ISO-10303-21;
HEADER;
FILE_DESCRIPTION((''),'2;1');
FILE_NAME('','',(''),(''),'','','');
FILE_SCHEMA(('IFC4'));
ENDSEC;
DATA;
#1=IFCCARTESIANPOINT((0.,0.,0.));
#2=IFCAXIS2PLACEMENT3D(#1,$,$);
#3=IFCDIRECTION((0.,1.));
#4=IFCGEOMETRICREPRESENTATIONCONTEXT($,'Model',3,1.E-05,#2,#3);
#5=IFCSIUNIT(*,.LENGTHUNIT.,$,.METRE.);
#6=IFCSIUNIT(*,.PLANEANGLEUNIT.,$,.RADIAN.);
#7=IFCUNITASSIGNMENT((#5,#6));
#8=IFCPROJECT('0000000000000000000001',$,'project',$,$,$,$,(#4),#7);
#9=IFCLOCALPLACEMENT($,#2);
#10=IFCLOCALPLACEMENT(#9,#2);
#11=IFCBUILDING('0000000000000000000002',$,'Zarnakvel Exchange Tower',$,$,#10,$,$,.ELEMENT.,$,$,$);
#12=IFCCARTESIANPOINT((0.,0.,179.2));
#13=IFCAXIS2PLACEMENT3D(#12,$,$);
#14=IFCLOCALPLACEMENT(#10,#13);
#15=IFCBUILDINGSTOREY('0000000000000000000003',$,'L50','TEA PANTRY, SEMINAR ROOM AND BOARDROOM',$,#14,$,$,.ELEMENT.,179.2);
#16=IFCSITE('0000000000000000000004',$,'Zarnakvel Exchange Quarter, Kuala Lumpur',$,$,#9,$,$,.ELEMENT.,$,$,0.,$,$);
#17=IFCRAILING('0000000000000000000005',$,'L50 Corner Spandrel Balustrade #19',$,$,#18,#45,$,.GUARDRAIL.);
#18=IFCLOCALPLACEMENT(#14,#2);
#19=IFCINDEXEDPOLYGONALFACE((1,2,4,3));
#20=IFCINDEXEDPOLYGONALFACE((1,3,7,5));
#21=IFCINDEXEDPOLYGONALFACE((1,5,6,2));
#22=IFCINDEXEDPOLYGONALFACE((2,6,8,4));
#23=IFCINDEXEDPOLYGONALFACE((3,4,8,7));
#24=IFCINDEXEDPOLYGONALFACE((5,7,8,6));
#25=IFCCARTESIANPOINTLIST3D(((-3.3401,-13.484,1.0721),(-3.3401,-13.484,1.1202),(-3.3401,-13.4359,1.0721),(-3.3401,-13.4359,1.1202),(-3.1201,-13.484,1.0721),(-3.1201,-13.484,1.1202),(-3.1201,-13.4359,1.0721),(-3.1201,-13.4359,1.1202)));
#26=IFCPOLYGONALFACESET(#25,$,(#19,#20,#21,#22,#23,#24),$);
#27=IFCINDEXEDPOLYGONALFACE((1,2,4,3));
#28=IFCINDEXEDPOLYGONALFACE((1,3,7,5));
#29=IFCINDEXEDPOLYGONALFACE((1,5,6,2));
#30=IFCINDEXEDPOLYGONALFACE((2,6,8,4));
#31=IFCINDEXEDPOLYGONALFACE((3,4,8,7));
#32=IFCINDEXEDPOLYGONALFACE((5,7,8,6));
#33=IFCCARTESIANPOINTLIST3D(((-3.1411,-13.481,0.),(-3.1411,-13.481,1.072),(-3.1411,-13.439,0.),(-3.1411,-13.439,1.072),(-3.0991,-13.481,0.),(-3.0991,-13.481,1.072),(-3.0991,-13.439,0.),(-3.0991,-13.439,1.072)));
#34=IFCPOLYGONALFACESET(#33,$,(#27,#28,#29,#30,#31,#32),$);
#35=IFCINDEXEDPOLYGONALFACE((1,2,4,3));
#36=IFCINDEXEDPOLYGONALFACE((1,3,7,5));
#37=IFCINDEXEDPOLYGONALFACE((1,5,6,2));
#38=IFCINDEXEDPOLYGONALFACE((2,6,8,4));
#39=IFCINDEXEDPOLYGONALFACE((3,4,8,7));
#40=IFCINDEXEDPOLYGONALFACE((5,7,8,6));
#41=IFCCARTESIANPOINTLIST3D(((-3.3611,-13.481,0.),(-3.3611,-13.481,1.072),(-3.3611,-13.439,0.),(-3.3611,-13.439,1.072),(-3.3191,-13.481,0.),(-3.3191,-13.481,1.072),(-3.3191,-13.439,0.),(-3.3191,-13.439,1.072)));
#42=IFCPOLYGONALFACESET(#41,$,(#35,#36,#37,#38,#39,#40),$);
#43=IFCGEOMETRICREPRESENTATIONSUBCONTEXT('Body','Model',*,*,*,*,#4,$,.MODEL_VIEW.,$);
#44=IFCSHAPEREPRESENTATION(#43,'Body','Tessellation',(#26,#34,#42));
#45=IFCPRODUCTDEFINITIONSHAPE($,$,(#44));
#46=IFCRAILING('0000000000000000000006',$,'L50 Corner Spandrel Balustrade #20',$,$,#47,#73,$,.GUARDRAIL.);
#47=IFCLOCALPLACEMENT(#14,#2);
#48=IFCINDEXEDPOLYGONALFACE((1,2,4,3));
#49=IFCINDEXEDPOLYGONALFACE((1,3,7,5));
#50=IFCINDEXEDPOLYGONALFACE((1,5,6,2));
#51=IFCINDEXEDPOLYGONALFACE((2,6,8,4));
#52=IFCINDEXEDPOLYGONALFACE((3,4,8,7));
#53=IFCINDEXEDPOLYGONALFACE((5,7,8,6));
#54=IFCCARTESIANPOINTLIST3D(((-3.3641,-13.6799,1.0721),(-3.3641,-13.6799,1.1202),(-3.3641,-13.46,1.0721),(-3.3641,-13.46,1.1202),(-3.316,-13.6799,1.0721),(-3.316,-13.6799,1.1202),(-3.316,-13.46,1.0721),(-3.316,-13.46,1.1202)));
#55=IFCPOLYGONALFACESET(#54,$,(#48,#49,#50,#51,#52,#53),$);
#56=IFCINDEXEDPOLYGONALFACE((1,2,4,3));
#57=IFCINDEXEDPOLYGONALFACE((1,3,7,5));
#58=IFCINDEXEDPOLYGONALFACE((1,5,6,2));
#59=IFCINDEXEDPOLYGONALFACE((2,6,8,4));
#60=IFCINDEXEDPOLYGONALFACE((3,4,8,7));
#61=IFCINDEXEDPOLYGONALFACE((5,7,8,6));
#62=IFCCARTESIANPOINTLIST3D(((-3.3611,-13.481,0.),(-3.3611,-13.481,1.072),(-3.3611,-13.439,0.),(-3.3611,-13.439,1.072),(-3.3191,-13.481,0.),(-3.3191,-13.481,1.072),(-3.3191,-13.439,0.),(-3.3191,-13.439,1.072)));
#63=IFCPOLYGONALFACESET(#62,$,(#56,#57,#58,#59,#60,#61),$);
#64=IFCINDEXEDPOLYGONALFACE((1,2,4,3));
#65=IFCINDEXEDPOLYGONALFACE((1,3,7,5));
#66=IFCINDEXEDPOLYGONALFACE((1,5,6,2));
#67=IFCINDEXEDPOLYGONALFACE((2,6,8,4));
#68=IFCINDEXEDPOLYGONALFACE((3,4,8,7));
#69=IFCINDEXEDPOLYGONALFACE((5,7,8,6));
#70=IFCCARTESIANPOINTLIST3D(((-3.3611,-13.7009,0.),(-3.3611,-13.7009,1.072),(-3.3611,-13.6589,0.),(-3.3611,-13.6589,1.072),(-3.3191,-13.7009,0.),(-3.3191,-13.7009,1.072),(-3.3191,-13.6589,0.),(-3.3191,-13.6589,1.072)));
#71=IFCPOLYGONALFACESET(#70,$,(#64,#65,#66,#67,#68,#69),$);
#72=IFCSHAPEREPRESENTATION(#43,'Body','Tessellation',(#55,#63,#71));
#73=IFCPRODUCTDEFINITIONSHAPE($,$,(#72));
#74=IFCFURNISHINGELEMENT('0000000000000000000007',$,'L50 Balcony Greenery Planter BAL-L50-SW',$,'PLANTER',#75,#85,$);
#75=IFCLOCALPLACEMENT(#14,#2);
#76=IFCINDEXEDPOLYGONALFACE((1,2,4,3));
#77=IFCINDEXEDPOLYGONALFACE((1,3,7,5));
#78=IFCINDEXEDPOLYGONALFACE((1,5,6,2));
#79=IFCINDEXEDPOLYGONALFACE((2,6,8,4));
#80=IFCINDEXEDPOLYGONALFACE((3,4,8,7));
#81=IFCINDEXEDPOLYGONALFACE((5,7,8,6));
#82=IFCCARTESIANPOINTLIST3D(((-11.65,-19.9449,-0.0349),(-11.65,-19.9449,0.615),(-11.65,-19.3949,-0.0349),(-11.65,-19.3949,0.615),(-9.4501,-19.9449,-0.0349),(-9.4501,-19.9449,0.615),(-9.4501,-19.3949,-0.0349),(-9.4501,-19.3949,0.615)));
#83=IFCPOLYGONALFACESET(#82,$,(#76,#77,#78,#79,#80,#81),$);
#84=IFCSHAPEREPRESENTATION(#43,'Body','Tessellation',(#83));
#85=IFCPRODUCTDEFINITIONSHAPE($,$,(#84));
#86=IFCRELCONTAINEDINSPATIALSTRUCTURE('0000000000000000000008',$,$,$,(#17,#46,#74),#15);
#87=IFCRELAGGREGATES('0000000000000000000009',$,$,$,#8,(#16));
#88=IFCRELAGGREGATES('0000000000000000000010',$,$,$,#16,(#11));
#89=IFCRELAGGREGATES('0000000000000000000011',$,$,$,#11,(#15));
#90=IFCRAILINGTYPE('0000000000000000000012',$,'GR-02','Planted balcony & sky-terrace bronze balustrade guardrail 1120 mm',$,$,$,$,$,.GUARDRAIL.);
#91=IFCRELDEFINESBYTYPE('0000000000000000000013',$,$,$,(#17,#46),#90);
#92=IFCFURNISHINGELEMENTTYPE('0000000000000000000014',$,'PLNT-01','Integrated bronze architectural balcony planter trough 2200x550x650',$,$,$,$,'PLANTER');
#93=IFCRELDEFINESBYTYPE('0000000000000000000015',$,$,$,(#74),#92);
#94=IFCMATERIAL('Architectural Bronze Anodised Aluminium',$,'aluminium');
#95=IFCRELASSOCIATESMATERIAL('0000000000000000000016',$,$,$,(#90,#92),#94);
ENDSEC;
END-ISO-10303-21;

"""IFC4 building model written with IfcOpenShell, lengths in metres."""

from ifc_helpers import new_model, si_unit, direction, frame, origin, origin_2d, place, context, subcontext, project, spatial, rectangle, extrude, source, transform, mapped, material, type_object, element, save


model = new_model("IFC4")

# Units and contexts
model_context = context("Model", 3, precision=1e-05, world=origin(), true_north=direction((0.0, 1.0)))
body_context = subcontext(model_context, "Body", "Model", "MODEL_VIEW")
ifc_project = project(units=[si_unit("LENGTHUNIT", "METRE"), si_unit("PLANEANGLEUNIT", "RADIAN")], contexts=[model_context])

# Site, building, storey
site_placement = place(None, origin())
site = spatial("IfcSite", under=ifc_project, at=site_placement, Name="Zarnakvel Exchange Quarter, Kuala Lumpur", CompositionType="ELEMENT", RefElevation=0.0)
building_placement = place(site_placement, origin())
building = spatial("IfcBuilding", under=site, at=building_placement, Name="Zarnakvel Exchange Tower", CompositionType="ELEMENT")
storey_placement = place(building_placement, frame((0.0, 0.0, 179.2)))
storey = spatial("IfcBuildingStorey", under=building, at=storey_placement, Name="L50", Description="TEA PANTRY, SEMINAR ROOM AND BOARDROOM", CompositionType="ELEMENT", Elevation=179.2)

# Shared definitions
ifc_material_1 = material(Name="Architectural Bronze Anodised Aluminium", Category="aluminium")

# Railings
railing_type = type_object("IfcRailingType", Name="GR-02", Description="Planted balcony & sky-terrace bronze balustrade guardrail 1120 mm", PredefinedType="GUARDRAIL", material=ifc_material_1)
railing_1_placement = place(storey_placement, frame((-3.1201, -13.46, 0.0)))
element("IfcRailing", 1, at=railing_1_placement, inside=storey, type_object=railing_type, Name="L50 Corner Spandrel Balustrade #19", PredefinedType="GUARDRAIL", context=body_context, shape_type="SweptSolid", body=[
    extrude(rectangle(XDim=0.0481, YDim=0.0481, at=origin_2d()), frame((0.0, 0.0, 1.0962), z_axis=(-1.0, 0.0, 0.0), x_axis=(0.0, -1.0, 0.0)), (0.0, 0.0, 1.0), 0.22),
    extrude(rectangle(XDim=0.042, YDim=0.042, at=origin_2d()), origin(), (0.0, 0.0, 1.0), 1.072),
    extrude(rectangle(XDim=0.042, YDim=0.042, at=origin_2d()), frame((-0.22, 0.0, 0.0)), (0.0, 0.0, 1.0), 1.072),
])
railing_2_placement = place(storey_placement, frame((-3.3401, -13.46, 0.0)))
element("IfcRailing", 2, at=railing_2_placement, inside=storey, type_object=railing_type, Name="L50 Corner Spandrel Balustrade #20", PredefinedType="GUARDRAIL", context=body_context, shape_type="SweptSolid", body=[
    extrude(rectangle(XDim=0.0481, YDim=0.0481, at=origin_2d()), frame((0.0, 0.0, 1.0962), z_axis=(0.0, -1.0, 0.0), x_axis=(1.0, 0.0, 0.0)), (0.0, 0.0, 1.0), 0.22),
    extrude(rectangle(XDim=0.042, YDim=0.042, at=origin_2d()), origin(), (0.0, 0.0, 1.0), 1.072),
    extrude(rectangle(XDim=0.042, YDim=0.042, at=origin_2d()), frame((0.0, -0.22, 0.0)), (0.0, 0.0, 1.0), 1.072),
])

# Furnishing element
furnishing_element_type = type_object("IfcFurnishingElementType", Name="PLNT-01", Description="Integrated bronze architectural balcony planter trough 2200x550x650", ElementType="PLANTER", material=ifc_material_1)
shared_shape_1 = source(origin(), body_context, "Body", "SweptSolid", [
    extrude(rectangle(XDim=2.2, YDim=0.55, at=origin_2d()), origin(), (0.0, 0.0, 1.0), 0.6499),
])
furnishing_placement = place(storey_placement, frame((-10.55, -19.6699, -0.0349), z_axis=(0.0, 0.0, 1.0), x_axis=(1.0, 0.0, 0.0)))
element("IfcFurnishingElement", 3, at=furnishing_placement, inside=storey, type_object=furnishing_element_type, Name="L50 Balcony Greenery Planter BAL-L50-SW", ObjectType="PLANTER", context=body_context, shape_type="MappedRepresentation", body=[
    mapped(shared_shape_1, transform((0.0, 0.0, 0.0), x_axis=(1.0, 0.0, 0.0), y_axis=(0.0, 1.0, 0.0), z_axis=(0.0, 0.0, 1.0), scale=1.0)),
])

save(model, "model.ifc")
